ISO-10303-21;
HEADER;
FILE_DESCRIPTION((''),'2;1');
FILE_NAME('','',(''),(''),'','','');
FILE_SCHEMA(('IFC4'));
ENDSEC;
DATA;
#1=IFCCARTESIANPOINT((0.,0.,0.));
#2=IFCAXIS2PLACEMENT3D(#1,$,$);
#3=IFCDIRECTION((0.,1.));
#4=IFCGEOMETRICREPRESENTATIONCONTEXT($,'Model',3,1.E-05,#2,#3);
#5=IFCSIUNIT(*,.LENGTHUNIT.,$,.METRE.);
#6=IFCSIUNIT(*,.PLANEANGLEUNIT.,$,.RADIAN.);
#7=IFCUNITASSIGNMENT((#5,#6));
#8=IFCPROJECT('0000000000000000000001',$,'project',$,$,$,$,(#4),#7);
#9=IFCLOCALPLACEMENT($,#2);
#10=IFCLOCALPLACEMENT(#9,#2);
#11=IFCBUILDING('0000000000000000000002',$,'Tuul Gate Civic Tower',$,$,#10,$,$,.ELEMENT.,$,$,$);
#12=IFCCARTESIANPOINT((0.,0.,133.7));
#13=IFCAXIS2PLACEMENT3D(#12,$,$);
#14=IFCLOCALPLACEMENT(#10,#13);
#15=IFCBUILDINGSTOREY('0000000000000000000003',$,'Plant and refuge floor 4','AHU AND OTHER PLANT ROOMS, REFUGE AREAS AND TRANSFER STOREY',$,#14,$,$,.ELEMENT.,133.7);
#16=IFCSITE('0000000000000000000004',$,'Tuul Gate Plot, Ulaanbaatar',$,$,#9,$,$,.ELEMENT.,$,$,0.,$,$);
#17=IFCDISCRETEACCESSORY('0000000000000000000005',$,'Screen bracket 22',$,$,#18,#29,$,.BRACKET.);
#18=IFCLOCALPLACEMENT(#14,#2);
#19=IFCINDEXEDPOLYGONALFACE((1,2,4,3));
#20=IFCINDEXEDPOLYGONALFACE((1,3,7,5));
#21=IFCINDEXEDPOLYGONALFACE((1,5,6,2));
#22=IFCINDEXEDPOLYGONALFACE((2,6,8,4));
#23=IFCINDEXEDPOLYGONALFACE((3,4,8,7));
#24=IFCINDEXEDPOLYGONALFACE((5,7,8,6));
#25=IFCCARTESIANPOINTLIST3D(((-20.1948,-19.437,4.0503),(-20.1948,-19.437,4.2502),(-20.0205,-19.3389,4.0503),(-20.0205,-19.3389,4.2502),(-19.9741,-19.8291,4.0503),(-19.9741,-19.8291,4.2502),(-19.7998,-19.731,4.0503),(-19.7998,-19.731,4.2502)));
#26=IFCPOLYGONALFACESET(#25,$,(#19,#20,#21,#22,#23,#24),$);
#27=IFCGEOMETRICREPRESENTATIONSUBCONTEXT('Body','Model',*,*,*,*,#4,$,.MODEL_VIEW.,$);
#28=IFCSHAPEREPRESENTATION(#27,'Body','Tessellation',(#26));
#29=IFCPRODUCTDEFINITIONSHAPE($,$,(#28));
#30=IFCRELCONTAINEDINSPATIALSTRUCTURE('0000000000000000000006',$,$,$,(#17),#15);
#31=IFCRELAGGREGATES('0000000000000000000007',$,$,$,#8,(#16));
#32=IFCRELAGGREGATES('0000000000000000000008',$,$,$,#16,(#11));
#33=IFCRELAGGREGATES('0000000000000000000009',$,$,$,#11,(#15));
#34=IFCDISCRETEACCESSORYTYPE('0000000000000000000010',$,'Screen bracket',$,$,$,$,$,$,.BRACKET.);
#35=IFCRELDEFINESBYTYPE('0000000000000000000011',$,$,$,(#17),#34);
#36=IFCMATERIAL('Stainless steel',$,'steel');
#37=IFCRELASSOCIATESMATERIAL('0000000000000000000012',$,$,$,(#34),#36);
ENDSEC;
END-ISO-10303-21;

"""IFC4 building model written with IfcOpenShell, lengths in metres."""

from ifc_helpers import new_model, si_unit, direction, frame, origin, origin_2d, place, context, subcontext, project, spatial, rectangle, extrude, material, type_object, element, save


model = new_model("IFC4")

# Units and contexts
model_context = context("Model", 3, precision=1e-05, world=origin(), true_north=direction((0.0, 1.0)))
body_context = subcontext(model_context, "Body", "Model", "MODEL_VIEW")
ifc_project = project(units=[si_unit("LENGTHUNIT", "METRE"), si_unit("PLANEANGLEUNIT", "RADIAN")], contexts=[model_context])

# Site, building, storey
site_placement = place(None, origin())
site = spatial("IfcSite", under=ifc_project, at=site_placement, Name="Tuul Gate Plot, Ulaanbaatar", CompositionType="ELEMENT", RefElevation=0.0)
building_placement = place(site_placement, origin())
building = spatial("IfcBuilding", under=site, at=building_placement, Name="Tuul Gate Civic Tower", CompositionType="ELEMENT")
storey_placement = place(building_placement, frame((0.0, 0.0, 133.7)))
storey = spatial("IfcBuildingStorey", under=building, at=storey_placement, Name="Plant and refuge floor 4", Description="AHU AND OTHER PLANT ROOMS, REFUGE AREAS AND TRANSFER STOREY", CompositionType="ELEMENT", Elevation=133.7)

# Discrete accessory
ifc_material_1 = material(Name="Stainless steel", Category="steel")
discrete_accessory_type_1 = type_object("IfcDiscreteAccessoryType", Name="Screen bracket", PredefinedType="BRACKET", material=ifc_material_1)
discrete_accessory_1_placement = place(storey_placement, frame((-19.9973, -19.584, 4.0503), z_axis=(0.0, 0.0, 1.0), x_axis=(0.490457, -0.871466, 0.0)))
element("IfcDiscreteAccessory", 1, at=discrete_accessory_1_placement, inside=storey, type_object=discrete_accessory_type_1, Name="Screen bracket 22", PredefinedType="BRACKET", context=body_context, shape_type="SweptSolid", body=[
    extrude(rectangle(XDim=0.45, YDim=0.2, at=origin_2d()), origin(), (0.0, 0.0, 1.0), 0.2),
])

save(model, "model.ifc")
